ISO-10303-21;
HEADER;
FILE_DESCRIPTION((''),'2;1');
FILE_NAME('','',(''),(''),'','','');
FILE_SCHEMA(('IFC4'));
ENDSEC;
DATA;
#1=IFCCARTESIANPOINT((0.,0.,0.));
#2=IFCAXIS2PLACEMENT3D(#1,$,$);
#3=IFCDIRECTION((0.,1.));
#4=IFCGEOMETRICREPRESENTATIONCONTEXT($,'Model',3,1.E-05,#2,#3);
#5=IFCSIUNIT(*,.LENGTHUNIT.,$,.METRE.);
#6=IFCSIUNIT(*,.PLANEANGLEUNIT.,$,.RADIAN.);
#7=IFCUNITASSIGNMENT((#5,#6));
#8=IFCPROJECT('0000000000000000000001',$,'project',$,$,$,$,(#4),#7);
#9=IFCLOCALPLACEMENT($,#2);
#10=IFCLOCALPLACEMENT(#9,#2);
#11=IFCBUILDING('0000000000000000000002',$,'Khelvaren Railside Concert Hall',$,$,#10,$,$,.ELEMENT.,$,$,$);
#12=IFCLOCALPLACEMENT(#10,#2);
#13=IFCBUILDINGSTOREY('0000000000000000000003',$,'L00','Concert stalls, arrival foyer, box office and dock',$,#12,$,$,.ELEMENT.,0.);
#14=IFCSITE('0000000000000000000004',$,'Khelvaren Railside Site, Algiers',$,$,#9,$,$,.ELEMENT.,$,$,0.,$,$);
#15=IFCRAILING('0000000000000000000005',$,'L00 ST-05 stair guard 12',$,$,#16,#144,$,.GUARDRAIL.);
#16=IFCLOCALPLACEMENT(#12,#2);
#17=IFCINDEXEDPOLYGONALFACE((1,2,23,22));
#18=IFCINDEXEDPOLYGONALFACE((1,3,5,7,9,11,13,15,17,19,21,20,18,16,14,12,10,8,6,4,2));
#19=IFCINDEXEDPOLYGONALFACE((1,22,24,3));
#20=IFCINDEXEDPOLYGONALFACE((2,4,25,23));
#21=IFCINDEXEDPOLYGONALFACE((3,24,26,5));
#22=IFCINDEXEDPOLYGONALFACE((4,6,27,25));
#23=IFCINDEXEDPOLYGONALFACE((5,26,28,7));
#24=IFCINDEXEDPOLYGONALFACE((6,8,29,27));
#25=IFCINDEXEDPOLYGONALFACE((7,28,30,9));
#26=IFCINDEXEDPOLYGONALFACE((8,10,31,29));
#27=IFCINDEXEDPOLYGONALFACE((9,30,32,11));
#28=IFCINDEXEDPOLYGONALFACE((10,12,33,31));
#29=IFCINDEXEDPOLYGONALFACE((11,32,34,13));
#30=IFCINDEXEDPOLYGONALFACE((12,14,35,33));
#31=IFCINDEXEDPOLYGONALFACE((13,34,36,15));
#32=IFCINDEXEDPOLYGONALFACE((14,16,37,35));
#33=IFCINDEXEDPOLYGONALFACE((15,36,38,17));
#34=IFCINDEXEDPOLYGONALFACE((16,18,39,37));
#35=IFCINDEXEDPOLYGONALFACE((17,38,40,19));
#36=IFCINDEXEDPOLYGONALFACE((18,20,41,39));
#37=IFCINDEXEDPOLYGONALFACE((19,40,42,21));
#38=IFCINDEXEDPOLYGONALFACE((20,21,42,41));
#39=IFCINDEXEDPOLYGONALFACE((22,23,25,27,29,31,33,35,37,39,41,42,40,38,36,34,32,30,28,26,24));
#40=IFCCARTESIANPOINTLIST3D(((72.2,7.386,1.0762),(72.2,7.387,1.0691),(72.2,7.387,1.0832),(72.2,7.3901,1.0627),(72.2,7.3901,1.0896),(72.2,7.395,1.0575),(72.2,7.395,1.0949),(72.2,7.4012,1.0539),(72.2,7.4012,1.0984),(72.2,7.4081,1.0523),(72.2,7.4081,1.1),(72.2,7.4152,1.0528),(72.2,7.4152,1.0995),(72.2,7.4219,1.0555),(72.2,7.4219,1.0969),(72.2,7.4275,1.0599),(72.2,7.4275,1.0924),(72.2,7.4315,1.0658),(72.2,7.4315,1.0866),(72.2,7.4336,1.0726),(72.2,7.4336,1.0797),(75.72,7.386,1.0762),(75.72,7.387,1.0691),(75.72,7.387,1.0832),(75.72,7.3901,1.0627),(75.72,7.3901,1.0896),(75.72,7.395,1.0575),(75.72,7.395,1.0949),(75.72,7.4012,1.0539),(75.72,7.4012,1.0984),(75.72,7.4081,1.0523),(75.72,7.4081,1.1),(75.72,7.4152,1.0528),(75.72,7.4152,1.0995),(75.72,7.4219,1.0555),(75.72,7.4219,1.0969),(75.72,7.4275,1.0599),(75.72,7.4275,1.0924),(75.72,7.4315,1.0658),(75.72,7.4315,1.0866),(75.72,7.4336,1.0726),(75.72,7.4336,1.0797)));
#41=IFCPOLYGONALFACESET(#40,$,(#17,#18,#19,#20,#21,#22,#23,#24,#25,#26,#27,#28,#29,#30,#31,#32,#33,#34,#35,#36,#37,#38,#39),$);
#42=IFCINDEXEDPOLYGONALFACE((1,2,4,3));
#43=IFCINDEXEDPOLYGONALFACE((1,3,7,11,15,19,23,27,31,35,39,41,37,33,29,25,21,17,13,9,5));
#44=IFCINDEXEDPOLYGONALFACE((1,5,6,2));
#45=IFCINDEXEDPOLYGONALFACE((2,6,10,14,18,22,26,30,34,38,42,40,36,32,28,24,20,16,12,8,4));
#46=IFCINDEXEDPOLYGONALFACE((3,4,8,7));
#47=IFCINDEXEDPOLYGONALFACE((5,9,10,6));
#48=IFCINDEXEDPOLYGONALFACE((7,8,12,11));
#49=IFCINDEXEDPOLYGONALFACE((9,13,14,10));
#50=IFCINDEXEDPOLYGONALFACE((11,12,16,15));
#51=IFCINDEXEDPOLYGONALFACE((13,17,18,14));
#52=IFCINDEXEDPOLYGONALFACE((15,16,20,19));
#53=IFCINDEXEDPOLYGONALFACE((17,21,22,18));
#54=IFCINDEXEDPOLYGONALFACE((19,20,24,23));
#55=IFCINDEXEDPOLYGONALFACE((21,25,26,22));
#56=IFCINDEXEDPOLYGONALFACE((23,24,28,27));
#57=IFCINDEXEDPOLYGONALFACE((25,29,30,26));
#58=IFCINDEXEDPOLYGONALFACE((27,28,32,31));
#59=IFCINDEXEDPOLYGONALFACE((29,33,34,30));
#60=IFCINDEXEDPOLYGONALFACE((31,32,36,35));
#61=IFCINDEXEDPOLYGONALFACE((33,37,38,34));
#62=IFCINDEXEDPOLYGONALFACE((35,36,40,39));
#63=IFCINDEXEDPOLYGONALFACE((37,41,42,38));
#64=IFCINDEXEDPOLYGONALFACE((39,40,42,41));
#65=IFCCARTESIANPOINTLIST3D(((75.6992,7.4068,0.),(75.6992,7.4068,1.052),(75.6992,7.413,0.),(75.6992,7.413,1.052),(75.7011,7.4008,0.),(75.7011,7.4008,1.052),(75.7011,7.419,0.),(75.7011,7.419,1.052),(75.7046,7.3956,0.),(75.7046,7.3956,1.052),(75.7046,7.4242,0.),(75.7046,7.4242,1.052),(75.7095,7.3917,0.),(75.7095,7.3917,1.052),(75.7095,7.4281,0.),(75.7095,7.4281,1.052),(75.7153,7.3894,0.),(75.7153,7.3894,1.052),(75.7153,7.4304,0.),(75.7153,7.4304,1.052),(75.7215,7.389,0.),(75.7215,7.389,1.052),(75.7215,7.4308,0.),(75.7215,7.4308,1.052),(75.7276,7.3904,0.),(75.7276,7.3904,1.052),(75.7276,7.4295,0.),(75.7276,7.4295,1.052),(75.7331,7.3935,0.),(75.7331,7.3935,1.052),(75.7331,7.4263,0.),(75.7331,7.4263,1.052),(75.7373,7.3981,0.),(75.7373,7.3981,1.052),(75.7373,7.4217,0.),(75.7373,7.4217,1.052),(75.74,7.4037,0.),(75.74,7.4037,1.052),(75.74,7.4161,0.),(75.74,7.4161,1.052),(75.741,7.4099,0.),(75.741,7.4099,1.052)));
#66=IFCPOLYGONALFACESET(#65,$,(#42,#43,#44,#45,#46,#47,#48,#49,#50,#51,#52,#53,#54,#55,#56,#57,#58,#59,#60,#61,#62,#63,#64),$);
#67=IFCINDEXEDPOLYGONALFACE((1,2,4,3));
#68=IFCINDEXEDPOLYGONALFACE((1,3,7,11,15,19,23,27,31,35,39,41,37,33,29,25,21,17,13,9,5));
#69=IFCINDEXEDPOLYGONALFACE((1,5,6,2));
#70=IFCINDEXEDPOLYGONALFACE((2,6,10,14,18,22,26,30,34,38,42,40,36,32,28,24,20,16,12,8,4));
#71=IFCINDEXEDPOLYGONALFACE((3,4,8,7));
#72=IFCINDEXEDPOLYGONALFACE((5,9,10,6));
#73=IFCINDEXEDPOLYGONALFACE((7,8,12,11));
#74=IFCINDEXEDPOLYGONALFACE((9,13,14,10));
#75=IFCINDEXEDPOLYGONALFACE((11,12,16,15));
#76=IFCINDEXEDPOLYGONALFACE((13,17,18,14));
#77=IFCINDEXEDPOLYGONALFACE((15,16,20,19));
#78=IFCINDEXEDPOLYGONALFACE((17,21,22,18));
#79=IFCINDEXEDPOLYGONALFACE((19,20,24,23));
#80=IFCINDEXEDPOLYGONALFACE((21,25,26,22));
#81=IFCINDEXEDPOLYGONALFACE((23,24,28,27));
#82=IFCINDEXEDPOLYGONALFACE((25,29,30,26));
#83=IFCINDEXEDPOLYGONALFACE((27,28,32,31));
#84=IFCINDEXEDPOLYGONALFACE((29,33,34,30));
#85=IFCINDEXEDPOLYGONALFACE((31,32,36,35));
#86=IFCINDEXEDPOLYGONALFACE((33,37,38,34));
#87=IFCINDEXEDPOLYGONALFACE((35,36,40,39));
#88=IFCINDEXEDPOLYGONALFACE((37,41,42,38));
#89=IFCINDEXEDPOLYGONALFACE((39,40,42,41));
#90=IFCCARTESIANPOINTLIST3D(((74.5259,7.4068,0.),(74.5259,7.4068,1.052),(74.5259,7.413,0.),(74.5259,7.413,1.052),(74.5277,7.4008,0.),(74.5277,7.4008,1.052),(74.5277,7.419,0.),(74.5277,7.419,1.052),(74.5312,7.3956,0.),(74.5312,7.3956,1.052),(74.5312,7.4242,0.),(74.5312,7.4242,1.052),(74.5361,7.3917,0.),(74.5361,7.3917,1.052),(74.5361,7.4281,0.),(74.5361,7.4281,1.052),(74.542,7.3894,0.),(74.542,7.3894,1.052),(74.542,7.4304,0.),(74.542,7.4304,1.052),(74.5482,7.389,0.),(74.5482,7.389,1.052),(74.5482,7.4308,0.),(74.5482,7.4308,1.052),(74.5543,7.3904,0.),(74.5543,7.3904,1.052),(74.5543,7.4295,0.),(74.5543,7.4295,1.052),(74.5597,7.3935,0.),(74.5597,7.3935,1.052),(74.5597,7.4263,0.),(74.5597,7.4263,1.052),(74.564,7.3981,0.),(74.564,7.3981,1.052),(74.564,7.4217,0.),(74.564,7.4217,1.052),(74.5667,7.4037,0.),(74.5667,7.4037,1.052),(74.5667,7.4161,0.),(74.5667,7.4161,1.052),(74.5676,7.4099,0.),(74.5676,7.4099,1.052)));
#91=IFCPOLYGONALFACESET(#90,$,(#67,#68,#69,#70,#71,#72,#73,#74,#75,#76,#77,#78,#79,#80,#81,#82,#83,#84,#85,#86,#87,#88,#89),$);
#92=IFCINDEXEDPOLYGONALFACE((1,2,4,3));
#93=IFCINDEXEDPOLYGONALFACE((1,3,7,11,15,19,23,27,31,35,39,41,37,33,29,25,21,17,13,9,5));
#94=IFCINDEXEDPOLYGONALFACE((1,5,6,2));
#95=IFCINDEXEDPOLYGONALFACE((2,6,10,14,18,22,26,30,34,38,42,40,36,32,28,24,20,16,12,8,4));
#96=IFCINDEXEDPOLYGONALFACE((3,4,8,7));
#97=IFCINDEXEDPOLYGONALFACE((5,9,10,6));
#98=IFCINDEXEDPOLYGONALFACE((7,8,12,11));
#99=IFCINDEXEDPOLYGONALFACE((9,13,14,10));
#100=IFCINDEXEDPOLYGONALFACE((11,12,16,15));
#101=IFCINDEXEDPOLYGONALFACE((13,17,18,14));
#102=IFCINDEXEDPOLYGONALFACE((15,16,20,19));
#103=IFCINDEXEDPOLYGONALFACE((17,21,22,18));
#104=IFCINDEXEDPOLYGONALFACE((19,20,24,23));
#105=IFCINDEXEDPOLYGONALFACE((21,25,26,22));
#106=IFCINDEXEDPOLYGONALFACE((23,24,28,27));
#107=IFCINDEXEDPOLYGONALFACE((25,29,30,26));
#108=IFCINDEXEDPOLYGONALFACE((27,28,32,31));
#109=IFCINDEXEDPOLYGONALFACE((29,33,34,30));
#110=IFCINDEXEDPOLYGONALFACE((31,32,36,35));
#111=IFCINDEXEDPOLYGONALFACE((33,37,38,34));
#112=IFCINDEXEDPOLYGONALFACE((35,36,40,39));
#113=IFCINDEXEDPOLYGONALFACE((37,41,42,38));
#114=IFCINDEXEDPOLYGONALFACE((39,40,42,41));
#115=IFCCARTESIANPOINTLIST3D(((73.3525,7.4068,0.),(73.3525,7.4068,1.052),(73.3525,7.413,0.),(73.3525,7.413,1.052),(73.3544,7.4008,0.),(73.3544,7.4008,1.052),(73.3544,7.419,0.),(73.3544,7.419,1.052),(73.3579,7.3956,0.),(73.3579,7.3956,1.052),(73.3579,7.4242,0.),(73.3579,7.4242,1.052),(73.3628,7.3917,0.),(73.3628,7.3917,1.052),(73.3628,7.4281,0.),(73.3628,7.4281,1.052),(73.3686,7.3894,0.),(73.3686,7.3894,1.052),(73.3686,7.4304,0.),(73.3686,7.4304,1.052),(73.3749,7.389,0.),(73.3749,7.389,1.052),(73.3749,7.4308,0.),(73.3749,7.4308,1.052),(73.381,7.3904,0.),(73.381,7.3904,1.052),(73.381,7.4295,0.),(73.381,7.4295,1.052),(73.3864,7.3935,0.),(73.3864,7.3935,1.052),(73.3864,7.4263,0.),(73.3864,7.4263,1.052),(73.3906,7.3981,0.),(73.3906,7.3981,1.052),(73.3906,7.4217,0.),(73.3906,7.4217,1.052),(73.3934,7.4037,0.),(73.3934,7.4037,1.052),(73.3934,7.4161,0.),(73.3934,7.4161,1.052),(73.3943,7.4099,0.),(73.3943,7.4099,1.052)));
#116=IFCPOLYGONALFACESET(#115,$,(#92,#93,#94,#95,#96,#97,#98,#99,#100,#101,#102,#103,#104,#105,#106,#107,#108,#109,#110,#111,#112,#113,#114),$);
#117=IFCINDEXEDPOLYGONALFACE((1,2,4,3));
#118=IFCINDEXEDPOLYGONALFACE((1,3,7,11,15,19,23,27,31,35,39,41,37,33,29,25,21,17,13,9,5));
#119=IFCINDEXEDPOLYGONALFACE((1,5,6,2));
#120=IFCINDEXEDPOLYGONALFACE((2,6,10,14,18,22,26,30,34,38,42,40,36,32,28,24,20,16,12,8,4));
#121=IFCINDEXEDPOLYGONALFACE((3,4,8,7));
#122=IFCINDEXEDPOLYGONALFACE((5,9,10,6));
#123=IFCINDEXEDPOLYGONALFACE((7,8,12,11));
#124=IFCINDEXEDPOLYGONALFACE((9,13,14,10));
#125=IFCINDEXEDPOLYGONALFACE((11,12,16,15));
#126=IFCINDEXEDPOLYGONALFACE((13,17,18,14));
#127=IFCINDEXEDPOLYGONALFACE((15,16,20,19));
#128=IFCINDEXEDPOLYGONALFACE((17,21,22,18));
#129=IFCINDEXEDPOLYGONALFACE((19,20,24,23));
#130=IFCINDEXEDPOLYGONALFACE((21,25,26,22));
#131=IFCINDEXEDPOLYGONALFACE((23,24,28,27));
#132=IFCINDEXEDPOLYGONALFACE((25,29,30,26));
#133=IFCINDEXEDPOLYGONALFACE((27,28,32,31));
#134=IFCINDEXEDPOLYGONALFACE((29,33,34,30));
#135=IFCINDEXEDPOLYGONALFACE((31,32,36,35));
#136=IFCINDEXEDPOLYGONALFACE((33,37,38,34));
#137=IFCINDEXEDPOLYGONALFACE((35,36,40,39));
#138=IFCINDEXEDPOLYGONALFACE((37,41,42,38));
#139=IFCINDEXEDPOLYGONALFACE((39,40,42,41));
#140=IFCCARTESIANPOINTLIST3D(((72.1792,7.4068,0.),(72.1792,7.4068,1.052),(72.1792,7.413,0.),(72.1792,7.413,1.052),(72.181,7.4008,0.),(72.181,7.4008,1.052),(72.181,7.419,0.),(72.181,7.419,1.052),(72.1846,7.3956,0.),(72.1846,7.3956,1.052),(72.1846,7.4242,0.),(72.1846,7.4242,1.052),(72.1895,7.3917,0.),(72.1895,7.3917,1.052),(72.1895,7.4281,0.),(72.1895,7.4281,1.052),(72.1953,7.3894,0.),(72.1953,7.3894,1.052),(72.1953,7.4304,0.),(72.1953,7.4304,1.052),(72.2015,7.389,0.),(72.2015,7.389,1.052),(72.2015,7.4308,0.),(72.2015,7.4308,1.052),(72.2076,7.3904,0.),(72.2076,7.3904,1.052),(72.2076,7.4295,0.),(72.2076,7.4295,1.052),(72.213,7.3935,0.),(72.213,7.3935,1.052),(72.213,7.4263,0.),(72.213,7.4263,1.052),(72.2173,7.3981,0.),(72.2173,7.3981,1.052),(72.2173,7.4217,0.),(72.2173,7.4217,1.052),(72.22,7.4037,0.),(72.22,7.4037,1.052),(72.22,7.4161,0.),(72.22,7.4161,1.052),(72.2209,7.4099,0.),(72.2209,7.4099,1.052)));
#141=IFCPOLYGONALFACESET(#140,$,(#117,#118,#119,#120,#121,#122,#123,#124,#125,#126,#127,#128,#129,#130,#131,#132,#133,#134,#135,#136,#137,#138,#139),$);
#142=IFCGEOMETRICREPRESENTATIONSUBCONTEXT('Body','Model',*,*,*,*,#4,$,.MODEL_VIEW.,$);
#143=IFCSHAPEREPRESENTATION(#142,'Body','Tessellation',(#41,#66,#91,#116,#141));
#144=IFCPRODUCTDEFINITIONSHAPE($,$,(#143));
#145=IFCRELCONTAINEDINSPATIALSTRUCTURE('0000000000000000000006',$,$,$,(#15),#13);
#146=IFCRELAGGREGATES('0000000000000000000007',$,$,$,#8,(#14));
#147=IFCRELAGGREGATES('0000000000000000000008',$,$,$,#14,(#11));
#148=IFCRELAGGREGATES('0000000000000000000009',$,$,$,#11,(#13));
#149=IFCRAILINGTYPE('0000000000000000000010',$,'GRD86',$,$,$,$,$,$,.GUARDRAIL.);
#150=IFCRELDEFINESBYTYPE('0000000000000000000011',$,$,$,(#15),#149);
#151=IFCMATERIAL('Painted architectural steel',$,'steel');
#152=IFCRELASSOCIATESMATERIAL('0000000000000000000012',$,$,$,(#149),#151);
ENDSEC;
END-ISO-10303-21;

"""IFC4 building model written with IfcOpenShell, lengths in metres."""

from ifc_helpers import new_model, si_unit, direction, frame, origin, origin_2d, place, context, subcontext, project, spatial, circle, extrude, material, type_object, element, save


model = new_model("IFC4")

# Units and contexts
model_context = context("Model", 3, precision=1e-05, world=origin(), true_north=direction((0.0, 1.0)))
body_context = subcontext(model_context, "Body", "Model", "MODEL_VIEW")
ifc_project = project(units=[si_unit("LENGTHUNIT", "METRE"), si_unit("PLANEANGLEUNIT", "RADIAN")], contexts=[model_context])

# Site, building, storey
site_placement = place(None, origin())
site = spatial("IfcSite", under=ifc_project, at=site_placement, Name="Khelvaren Railside Site, Algiers", CompositionType="ELEMENT", RefElevation=0.0)
building_placement = place(site_placement, origin())
building = spatial("IfcBuilding", under=site, at=building_placement, Name="Khelvaren Railside Concert Hall", CompositionType="ELEMENT")
storey_placement = place(building_placement, origin())
storey = spatial("IfcBuildingStorey", under=building, at=storey_placement, Name="L00", Description="Concert stalls, arrival foyer, box office and dock", CompositionType="ELEMENT", Elevation=0.0)

# Railing
ifc_material_1 = material(Name="Painted architectural steel", Category="steel")
railing_type_1 = type_object("IfcRailingType", Name="GRD86", PredefinedType="GUARDRAIL", material=ifc_material_1)
railing_1_placement = place(storey_placement, frame((75.72, 7.4099, 0.0)))
element("IfcRailing", 1, at=railing_1_placement, inside=storey, type_object=railing_type_1, Name="L00 ST-05 stair guard 12", PredefinedType="GUARDRAIL", context=body_context, shape_type="SweptSolid", body=[
    extrude(circle(Radius=0.0239, at=origin_2d()), frame((0.0, 0.0, 1.0762), z_axis=(-1.0, 0.0, 0.0), x_axis=(0.0, -1.0, 0.0)), (0.0, 0.0, 1.0), 3.52),
    extrude(circle(Radius=0.021, at=origin_2d()), origin(), (0.0, 0.0, 1.0), 1.052),
    extrude(circle(Radius=0.021, at=origin_2d()), frame((-1.1733, 0.0, 0.0)), (0.0, 0.0, 1.0), 1.052),
    extrude(circle(Radius=0.021, at=origin_2d()), frame((-2.3467, 0.0, 0.0)), (0.0, 0.0, 1.0), 1.052),
    extrude(circle(Radius=0.021, at=origin_2d()), frame((-3.52, 0.0, 0.0)), (0.0, 0.0, 1.0), 1.052),
])

save(model, "model.ifc")
